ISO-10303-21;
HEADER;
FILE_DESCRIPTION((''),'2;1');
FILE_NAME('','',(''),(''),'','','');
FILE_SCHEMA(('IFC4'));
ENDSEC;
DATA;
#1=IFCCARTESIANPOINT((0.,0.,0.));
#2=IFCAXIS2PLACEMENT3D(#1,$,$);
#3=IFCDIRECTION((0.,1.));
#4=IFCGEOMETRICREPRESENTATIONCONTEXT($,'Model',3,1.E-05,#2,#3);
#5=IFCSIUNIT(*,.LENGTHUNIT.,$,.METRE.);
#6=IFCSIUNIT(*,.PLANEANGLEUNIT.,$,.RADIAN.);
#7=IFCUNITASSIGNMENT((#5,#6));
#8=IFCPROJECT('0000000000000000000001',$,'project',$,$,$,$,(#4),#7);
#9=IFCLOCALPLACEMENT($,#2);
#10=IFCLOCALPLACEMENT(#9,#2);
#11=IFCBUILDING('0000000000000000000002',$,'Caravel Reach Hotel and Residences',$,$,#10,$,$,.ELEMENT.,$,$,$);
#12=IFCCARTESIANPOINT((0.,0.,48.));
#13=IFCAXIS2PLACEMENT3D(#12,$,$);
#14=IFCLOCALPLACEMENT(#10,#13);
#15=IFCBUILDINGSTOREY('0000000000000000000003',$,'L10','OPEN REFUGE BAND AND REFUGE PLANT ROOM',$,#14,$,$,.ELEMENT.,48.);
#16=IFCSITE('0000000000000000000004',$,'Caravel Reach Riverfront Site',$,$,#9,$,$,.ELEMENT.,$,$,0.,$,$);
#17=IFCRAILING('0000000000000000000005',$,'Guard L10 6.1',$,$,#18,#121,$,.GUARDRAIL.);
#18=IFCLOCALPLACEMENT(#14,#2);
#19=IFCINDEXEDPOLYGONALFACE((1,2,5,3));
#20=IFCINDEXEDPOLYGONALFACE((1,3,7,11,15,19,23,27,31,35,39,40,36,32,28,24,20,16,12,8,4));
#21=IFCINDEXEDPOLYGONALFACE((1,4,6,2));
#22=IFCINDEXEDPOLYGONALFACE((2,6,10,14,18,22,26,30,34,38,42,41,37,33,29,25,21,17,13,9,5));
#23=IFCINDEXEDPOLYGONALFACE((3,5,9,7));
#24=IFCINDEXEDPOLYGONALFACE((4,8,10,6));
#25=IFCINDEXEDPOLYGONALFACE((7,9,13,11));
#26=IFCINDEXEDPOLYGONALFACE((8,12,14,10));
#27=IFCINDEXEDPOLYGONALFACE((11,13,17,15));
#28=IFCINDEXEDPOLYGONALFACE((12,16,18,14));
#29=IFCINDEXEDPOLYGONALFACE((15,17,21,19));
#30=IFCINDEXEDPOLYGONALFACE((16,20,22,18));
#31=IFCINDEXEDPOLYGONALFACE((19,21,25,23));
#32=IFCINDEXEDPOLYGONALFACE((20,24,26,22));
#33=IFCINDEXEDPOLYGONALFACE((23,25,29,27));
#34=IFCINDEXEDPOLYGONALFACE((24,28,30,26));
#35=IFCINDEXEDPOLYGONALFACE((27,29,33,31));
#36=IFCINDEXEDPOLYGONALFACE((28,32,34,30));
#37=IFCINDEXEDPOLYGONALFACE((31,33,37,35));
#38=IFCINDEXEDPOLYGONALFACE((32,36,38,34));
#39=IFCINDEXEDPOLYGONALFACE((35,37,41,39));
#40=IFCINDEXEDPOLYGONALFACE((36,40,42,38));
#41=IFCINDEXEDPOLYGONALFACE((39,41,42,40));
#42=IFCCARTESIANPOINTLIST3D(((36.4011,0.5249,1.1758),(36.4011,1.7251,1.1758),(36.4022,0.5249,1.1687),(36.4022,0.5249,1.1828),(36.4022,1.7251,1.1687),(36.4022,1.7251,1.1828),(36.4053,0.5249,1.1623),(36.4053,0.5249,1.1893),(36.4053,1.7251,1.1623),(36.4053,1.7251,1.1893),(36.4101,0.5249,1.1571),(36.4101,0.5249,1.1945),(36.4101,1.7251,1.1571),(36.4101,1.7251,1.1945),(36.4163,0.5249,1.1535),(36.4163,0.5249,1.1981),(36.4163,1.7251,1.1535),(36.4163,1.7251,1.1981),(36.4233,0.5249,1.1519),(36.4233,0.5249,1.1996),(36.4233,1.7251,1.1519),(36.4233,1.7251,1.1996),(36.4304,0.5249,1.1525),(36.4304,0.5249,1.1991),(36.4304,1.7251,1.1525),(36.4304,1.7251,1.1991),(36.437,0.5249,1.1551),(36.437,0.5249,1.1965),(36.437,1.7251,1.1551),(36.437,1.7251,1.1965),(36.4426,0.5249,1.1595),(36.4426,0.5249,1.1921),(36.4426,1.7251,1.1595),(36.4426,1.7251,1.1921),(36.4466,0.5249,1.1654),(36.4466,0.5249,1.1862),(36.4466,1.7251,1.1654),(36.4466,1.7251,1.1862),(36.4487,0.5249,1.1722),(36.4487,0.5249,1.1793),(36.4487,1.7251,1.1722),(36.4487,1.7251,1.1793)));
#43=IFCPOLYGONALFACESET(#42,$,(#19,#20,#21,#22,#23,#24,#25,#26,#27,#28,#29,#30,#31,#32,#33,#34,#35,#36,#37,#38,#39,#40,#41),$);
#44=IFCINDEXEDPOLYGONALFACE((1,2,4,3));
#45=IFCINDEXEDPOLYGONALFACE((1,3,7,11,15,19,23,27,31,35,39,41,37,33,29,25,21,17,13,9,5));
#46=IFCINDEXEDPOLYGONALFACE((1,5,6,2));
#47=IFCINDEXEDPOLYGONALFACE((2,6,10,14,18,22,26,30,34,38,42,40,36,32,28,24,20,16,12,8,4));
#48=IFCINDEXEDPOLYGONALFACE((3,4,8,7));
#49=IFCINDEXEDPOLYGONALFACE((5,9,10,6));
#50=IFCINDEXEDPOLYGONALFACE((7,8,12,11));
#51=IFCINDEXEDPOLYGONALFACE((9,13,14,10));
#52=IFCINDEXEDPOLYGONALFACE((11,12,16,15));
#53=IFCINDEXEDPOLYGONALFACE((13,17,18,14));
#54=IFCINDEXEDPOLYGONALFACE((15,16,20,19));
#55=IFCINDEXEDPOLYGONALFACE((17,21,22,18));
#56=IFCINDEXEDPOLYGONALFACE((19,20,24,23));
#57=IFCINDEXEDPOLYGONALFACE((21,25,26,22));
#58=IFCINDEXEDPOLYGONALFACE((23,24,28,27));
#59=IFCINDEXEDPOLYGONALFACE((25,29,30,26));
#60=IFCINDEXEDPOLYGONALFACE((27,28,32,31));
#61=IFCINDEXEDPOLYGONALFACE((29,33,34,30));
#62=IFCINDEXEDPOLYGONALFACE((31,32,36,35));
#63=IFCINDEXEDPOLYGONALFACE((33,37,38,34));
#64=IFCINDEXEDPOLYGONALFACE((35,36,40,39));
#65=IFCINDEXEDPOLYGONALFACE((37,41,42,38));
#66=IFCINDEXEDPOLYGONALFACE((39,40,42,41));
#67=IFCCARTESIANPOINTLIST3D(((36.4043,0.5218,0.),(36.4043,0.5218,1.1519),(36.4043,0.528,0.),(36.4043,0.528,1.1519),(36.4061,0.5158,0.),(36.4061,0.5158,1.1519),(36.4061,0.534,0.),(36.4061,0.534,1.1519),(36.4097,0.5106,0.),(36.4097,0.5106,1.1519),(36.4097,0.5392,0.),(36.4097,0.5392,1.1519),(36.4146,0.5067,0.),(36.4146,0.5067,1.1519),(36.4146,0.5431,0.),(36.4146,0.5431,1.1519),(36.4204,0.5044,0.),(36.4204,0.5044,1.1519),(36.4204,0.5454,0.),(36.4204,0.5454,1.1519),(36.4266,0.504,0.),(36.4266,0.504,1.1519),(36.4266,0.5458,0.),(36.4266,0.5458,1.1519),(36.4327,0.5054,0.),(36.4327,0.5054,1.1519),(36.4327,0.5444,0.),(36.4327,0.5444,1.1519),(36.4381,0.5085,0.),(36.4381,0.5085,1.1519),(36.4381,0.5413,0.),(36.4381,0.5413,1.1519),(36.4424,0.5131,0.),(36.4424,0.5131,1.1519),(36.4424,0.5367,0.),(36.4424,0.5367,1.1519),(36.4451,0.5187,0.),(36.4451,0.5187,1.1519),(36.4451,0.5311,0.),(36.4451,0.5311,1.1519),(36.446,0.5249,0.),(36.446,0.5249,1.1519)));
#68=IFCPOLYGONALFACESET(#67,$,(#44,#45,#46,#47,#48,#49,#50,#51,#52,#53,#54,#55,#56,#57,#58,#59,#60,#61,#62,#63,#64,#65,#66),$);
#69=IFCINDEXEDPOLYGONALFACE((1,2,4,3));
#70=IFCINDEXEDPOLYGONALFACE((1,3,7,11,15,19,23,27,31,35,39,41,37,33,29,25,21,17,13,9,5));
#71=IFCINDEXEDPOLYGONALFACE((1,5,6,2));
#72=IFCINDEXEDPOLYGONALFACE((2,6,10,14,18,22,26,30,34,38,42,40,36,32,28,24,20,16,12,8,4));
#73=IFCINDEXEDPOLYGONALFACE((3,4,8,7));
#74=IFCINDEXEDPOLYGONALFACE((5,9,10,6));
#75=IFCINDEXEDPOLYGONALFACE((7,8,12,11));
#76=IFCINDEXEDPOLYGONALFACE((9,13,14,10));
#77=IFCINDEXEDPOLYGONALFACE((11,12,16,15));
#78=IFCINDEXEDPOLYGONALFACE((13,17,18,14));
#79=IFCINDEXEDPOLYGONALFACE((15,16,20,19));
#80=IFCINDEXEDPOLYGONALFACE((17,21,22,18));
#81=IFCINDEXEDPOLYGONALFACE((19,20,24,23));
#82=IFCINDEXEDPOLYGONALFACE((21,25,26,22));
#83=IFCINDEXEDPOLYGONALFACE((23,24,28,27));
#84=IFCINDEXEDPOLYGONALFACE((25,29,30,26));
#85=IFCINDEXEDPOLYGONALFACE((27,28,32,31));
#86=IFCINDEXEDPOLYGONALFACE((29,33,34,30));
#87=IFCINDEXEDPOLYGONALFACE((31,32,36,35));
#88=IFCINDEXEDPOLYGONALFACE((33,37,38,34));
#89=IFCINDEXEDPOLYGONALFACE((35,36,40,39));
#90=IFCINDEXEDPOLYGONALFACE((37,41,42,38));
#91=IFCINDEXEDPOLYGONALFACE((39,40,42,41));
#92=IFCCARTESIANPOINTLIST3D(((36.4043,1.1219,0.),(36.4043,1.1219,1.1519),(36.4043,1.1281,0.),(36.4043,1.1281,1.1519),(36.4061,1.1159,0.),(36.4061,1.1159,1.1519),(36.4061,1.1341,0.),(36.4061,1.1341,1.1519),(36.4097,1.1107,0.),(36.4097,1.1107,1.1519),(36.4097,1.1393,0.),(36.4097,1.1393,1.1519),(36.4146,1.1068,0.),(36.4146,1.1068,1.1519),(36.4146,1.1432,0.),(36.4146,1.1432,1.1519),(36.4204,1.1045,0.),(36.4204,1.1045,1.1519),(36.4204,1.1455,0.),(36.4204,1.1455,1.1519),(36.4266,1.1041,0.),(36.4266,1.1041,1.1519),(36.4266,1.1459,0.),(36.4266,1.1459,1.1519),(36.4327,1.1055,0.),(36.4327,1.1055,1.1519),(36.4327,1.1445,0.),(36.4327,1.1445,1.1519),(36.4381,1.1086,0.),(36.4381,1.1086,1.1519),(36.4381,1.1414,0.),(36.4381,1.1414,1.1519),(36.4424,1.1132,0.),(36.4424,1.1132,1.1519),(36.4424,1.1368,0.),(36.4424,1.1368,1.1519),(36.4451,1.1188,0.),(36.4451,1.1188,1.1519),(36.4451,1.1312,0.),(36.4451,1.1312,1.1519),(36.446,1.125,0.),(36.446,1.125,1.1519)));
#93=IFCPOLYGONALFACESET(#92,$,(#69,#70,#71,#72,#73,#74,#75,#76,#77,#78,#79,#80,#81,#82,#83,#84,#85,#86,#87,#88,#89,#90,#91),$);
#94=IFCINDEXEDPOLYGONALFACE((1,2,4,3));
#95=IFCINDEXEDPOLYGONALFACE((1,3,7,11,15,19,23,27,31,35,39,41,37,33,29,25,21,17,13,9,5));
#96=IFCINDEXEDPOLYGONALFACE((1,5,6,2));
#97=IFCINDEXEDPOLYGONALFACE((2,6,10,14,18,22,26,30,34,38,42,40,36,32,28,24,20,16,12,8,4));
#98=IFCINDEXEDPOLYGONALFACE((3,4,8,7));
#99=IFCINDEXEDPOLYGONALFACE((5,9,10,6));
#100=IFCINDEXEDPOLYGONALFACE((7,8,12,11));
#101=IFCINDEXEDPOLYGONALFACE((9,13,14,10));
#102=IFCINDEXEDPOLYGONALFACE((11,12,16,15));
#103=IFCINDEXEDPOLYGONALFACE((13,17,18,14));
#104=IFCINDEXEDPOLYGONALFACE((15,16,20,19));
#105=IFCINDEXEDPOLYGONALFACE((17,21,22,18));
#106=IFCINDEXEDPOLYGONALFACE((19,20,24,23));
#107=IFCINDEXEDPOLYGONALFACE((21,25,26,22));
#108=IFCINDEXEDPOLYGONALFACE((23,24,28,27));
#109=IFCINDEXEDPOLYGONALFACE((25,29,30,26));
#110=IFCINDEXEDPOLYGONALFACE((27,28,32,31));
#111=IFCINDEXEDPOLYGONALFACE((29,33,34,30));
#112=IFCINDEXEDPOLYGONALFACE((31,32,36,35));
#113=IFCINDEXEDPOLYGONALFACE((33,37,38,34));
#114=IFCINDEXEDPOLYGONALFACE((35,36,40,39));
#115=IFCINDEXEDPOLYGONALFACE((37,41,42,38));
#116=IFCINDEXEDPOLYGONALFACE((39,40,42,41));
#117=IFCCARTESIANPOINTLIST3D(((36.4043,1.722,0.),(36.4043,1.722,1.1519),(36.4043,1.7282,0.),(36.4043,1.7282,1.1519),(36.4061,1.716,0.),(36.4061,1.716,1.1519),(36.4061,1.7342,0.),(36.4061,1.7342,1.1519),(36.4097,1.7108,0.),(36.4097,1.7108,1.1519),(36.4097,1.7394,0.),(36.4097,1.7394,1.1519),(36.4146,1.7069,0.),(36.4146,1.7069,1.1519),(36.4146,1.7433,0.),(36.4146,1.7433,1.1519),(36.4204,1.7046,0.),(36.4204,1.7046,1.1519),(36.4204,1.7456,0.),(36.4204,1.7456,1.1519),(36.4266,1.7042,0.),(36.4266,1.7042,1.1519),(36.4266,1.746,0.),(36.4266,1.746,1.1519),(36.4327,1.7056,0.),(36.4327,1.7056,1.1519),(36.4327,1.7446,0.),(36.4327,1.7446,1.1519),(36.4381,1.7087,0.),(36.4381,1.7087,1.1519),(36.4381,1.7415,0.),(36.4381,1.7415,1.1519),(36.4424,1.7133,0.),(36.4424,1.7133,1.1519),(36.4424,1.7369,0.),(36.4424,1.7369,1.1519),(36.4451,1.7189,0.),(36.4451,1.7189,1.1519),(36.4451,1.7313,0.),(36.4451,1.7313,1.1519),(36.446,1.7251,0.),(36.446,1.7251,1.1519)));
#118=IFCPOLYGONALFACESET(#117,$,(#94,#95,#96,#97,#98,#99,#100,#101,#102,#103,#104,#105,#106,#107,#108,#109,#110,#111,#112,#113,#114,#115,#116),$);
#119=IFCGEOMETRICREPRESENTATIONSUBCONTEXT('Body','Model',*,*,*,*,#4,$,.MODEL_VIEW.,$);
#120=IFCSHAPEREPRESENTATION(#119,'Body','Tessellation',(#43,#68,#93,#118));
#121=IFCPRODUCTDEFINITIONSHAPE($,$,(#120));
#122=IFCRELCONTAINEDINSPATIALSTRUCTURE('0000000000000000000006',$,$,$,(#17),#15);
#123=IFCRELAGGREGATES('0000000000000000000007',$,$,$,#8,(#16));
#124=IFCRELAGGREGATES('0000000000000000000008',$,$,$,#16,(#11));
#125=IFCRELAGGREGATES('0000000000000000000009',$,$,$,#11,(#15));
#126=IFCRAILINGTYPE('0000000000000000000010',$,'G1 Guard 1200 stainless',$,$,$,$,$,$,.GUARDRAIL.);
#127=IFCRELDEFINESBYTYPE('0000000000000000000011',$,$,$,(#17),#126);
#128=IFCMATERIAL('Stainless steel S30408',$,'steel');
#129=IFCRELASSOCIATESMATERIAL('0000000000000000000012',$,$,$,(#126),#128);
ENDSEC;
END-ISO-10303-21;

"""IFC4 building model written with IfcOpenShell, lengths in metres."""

from ifc_helpers import new_model, si_unit, direction, frame, origin, origin_2d, place, context, subcontext, project, spatial, circle, extrude, material, type_object, element, save


model = new_model("IFC4")

# Units and contexts
model_context = context("Model", 3, precision=1e-05, world=origin(), true_north=direction((0.0, 1.0)))
body_context = subcontext(model_context, "Body", "Model", "MODEL_VIEW")
ifc_project = project(units=[si_unit("LENGTHUNIT", "METRE"), si_unit("PLANEANGLEUNIT", "RADIAN")], contexts=[model_context])

# Site, building, storey
site_placement = place(None, origin())
site = spatial("IfcSite", under=ifc_project, at=site_placement, Name="Caravel Reach Riverfront Site", CompositionType="ELEMENT", RefElevation=0.0)
building_placement = place(site_placement, origin())
building = spatial("IfcBuilding", under=site, at=building_placement, Name="Caravel Reach Hotel and Residences", CompositionType="ELEMENT")
storey_placement = place(building_placement, frame((0.0, 0.0, 48.0)))
storey = spatial("IfcBuildingStorey", under=building, at=storey_placement, Name="L10", Description="OPEN REFUGE BAND AND REFUGE PLANT ROOM", CompositionType="ELEMENT", Elevation=48.0)

# Railing
ifc_material_1 = material(Name="Stainless steel S30408", Category="steel")
railing_type = type_object("IfcRailingType", Name="G1 Guard 1200 stainless", PredefinedType="GUARDRAIL", material=ifc_material_1)
railing_1_placement = place(storey_placement, frame((36.425, 0.5249, 0.0)))
element("IfcRailing", 1, at=railing_1_placement, inside=storey, type_object=railing_type, Name="Guard L10 6.1", PredefinedType="GUARDRAIL", context=body_context, shape_type="SweptSolid", body=[
    extrude(circle(Radius=0.0239, at=origin_2d()), frame((0.0, 0.0, 1.1758), z_axis=(0.0, 1.0, 0.0), x_axis=(-1.0, 0.0, 0.0)), (0.0, 0.0, 1.0), 1.2002),
    extrude(circle(Radius=0.021, at=origin_2d()), origin(), (0.0, 0.0, 1.0), 1.1519),
    extrude(circle(Radius=0.021, at=origin_2d()), frame((0.0, 0.6001, 0.0)), (0.0, 0.0, 1.0), 1.1519),
    extrude(circle(Radius=0.021, at=origin_2d()), frame((0.0, 1.2002, 0.0)), (0.0, 0.0, 1.0), 1.1519),
])

save(model, "model.ifc")
